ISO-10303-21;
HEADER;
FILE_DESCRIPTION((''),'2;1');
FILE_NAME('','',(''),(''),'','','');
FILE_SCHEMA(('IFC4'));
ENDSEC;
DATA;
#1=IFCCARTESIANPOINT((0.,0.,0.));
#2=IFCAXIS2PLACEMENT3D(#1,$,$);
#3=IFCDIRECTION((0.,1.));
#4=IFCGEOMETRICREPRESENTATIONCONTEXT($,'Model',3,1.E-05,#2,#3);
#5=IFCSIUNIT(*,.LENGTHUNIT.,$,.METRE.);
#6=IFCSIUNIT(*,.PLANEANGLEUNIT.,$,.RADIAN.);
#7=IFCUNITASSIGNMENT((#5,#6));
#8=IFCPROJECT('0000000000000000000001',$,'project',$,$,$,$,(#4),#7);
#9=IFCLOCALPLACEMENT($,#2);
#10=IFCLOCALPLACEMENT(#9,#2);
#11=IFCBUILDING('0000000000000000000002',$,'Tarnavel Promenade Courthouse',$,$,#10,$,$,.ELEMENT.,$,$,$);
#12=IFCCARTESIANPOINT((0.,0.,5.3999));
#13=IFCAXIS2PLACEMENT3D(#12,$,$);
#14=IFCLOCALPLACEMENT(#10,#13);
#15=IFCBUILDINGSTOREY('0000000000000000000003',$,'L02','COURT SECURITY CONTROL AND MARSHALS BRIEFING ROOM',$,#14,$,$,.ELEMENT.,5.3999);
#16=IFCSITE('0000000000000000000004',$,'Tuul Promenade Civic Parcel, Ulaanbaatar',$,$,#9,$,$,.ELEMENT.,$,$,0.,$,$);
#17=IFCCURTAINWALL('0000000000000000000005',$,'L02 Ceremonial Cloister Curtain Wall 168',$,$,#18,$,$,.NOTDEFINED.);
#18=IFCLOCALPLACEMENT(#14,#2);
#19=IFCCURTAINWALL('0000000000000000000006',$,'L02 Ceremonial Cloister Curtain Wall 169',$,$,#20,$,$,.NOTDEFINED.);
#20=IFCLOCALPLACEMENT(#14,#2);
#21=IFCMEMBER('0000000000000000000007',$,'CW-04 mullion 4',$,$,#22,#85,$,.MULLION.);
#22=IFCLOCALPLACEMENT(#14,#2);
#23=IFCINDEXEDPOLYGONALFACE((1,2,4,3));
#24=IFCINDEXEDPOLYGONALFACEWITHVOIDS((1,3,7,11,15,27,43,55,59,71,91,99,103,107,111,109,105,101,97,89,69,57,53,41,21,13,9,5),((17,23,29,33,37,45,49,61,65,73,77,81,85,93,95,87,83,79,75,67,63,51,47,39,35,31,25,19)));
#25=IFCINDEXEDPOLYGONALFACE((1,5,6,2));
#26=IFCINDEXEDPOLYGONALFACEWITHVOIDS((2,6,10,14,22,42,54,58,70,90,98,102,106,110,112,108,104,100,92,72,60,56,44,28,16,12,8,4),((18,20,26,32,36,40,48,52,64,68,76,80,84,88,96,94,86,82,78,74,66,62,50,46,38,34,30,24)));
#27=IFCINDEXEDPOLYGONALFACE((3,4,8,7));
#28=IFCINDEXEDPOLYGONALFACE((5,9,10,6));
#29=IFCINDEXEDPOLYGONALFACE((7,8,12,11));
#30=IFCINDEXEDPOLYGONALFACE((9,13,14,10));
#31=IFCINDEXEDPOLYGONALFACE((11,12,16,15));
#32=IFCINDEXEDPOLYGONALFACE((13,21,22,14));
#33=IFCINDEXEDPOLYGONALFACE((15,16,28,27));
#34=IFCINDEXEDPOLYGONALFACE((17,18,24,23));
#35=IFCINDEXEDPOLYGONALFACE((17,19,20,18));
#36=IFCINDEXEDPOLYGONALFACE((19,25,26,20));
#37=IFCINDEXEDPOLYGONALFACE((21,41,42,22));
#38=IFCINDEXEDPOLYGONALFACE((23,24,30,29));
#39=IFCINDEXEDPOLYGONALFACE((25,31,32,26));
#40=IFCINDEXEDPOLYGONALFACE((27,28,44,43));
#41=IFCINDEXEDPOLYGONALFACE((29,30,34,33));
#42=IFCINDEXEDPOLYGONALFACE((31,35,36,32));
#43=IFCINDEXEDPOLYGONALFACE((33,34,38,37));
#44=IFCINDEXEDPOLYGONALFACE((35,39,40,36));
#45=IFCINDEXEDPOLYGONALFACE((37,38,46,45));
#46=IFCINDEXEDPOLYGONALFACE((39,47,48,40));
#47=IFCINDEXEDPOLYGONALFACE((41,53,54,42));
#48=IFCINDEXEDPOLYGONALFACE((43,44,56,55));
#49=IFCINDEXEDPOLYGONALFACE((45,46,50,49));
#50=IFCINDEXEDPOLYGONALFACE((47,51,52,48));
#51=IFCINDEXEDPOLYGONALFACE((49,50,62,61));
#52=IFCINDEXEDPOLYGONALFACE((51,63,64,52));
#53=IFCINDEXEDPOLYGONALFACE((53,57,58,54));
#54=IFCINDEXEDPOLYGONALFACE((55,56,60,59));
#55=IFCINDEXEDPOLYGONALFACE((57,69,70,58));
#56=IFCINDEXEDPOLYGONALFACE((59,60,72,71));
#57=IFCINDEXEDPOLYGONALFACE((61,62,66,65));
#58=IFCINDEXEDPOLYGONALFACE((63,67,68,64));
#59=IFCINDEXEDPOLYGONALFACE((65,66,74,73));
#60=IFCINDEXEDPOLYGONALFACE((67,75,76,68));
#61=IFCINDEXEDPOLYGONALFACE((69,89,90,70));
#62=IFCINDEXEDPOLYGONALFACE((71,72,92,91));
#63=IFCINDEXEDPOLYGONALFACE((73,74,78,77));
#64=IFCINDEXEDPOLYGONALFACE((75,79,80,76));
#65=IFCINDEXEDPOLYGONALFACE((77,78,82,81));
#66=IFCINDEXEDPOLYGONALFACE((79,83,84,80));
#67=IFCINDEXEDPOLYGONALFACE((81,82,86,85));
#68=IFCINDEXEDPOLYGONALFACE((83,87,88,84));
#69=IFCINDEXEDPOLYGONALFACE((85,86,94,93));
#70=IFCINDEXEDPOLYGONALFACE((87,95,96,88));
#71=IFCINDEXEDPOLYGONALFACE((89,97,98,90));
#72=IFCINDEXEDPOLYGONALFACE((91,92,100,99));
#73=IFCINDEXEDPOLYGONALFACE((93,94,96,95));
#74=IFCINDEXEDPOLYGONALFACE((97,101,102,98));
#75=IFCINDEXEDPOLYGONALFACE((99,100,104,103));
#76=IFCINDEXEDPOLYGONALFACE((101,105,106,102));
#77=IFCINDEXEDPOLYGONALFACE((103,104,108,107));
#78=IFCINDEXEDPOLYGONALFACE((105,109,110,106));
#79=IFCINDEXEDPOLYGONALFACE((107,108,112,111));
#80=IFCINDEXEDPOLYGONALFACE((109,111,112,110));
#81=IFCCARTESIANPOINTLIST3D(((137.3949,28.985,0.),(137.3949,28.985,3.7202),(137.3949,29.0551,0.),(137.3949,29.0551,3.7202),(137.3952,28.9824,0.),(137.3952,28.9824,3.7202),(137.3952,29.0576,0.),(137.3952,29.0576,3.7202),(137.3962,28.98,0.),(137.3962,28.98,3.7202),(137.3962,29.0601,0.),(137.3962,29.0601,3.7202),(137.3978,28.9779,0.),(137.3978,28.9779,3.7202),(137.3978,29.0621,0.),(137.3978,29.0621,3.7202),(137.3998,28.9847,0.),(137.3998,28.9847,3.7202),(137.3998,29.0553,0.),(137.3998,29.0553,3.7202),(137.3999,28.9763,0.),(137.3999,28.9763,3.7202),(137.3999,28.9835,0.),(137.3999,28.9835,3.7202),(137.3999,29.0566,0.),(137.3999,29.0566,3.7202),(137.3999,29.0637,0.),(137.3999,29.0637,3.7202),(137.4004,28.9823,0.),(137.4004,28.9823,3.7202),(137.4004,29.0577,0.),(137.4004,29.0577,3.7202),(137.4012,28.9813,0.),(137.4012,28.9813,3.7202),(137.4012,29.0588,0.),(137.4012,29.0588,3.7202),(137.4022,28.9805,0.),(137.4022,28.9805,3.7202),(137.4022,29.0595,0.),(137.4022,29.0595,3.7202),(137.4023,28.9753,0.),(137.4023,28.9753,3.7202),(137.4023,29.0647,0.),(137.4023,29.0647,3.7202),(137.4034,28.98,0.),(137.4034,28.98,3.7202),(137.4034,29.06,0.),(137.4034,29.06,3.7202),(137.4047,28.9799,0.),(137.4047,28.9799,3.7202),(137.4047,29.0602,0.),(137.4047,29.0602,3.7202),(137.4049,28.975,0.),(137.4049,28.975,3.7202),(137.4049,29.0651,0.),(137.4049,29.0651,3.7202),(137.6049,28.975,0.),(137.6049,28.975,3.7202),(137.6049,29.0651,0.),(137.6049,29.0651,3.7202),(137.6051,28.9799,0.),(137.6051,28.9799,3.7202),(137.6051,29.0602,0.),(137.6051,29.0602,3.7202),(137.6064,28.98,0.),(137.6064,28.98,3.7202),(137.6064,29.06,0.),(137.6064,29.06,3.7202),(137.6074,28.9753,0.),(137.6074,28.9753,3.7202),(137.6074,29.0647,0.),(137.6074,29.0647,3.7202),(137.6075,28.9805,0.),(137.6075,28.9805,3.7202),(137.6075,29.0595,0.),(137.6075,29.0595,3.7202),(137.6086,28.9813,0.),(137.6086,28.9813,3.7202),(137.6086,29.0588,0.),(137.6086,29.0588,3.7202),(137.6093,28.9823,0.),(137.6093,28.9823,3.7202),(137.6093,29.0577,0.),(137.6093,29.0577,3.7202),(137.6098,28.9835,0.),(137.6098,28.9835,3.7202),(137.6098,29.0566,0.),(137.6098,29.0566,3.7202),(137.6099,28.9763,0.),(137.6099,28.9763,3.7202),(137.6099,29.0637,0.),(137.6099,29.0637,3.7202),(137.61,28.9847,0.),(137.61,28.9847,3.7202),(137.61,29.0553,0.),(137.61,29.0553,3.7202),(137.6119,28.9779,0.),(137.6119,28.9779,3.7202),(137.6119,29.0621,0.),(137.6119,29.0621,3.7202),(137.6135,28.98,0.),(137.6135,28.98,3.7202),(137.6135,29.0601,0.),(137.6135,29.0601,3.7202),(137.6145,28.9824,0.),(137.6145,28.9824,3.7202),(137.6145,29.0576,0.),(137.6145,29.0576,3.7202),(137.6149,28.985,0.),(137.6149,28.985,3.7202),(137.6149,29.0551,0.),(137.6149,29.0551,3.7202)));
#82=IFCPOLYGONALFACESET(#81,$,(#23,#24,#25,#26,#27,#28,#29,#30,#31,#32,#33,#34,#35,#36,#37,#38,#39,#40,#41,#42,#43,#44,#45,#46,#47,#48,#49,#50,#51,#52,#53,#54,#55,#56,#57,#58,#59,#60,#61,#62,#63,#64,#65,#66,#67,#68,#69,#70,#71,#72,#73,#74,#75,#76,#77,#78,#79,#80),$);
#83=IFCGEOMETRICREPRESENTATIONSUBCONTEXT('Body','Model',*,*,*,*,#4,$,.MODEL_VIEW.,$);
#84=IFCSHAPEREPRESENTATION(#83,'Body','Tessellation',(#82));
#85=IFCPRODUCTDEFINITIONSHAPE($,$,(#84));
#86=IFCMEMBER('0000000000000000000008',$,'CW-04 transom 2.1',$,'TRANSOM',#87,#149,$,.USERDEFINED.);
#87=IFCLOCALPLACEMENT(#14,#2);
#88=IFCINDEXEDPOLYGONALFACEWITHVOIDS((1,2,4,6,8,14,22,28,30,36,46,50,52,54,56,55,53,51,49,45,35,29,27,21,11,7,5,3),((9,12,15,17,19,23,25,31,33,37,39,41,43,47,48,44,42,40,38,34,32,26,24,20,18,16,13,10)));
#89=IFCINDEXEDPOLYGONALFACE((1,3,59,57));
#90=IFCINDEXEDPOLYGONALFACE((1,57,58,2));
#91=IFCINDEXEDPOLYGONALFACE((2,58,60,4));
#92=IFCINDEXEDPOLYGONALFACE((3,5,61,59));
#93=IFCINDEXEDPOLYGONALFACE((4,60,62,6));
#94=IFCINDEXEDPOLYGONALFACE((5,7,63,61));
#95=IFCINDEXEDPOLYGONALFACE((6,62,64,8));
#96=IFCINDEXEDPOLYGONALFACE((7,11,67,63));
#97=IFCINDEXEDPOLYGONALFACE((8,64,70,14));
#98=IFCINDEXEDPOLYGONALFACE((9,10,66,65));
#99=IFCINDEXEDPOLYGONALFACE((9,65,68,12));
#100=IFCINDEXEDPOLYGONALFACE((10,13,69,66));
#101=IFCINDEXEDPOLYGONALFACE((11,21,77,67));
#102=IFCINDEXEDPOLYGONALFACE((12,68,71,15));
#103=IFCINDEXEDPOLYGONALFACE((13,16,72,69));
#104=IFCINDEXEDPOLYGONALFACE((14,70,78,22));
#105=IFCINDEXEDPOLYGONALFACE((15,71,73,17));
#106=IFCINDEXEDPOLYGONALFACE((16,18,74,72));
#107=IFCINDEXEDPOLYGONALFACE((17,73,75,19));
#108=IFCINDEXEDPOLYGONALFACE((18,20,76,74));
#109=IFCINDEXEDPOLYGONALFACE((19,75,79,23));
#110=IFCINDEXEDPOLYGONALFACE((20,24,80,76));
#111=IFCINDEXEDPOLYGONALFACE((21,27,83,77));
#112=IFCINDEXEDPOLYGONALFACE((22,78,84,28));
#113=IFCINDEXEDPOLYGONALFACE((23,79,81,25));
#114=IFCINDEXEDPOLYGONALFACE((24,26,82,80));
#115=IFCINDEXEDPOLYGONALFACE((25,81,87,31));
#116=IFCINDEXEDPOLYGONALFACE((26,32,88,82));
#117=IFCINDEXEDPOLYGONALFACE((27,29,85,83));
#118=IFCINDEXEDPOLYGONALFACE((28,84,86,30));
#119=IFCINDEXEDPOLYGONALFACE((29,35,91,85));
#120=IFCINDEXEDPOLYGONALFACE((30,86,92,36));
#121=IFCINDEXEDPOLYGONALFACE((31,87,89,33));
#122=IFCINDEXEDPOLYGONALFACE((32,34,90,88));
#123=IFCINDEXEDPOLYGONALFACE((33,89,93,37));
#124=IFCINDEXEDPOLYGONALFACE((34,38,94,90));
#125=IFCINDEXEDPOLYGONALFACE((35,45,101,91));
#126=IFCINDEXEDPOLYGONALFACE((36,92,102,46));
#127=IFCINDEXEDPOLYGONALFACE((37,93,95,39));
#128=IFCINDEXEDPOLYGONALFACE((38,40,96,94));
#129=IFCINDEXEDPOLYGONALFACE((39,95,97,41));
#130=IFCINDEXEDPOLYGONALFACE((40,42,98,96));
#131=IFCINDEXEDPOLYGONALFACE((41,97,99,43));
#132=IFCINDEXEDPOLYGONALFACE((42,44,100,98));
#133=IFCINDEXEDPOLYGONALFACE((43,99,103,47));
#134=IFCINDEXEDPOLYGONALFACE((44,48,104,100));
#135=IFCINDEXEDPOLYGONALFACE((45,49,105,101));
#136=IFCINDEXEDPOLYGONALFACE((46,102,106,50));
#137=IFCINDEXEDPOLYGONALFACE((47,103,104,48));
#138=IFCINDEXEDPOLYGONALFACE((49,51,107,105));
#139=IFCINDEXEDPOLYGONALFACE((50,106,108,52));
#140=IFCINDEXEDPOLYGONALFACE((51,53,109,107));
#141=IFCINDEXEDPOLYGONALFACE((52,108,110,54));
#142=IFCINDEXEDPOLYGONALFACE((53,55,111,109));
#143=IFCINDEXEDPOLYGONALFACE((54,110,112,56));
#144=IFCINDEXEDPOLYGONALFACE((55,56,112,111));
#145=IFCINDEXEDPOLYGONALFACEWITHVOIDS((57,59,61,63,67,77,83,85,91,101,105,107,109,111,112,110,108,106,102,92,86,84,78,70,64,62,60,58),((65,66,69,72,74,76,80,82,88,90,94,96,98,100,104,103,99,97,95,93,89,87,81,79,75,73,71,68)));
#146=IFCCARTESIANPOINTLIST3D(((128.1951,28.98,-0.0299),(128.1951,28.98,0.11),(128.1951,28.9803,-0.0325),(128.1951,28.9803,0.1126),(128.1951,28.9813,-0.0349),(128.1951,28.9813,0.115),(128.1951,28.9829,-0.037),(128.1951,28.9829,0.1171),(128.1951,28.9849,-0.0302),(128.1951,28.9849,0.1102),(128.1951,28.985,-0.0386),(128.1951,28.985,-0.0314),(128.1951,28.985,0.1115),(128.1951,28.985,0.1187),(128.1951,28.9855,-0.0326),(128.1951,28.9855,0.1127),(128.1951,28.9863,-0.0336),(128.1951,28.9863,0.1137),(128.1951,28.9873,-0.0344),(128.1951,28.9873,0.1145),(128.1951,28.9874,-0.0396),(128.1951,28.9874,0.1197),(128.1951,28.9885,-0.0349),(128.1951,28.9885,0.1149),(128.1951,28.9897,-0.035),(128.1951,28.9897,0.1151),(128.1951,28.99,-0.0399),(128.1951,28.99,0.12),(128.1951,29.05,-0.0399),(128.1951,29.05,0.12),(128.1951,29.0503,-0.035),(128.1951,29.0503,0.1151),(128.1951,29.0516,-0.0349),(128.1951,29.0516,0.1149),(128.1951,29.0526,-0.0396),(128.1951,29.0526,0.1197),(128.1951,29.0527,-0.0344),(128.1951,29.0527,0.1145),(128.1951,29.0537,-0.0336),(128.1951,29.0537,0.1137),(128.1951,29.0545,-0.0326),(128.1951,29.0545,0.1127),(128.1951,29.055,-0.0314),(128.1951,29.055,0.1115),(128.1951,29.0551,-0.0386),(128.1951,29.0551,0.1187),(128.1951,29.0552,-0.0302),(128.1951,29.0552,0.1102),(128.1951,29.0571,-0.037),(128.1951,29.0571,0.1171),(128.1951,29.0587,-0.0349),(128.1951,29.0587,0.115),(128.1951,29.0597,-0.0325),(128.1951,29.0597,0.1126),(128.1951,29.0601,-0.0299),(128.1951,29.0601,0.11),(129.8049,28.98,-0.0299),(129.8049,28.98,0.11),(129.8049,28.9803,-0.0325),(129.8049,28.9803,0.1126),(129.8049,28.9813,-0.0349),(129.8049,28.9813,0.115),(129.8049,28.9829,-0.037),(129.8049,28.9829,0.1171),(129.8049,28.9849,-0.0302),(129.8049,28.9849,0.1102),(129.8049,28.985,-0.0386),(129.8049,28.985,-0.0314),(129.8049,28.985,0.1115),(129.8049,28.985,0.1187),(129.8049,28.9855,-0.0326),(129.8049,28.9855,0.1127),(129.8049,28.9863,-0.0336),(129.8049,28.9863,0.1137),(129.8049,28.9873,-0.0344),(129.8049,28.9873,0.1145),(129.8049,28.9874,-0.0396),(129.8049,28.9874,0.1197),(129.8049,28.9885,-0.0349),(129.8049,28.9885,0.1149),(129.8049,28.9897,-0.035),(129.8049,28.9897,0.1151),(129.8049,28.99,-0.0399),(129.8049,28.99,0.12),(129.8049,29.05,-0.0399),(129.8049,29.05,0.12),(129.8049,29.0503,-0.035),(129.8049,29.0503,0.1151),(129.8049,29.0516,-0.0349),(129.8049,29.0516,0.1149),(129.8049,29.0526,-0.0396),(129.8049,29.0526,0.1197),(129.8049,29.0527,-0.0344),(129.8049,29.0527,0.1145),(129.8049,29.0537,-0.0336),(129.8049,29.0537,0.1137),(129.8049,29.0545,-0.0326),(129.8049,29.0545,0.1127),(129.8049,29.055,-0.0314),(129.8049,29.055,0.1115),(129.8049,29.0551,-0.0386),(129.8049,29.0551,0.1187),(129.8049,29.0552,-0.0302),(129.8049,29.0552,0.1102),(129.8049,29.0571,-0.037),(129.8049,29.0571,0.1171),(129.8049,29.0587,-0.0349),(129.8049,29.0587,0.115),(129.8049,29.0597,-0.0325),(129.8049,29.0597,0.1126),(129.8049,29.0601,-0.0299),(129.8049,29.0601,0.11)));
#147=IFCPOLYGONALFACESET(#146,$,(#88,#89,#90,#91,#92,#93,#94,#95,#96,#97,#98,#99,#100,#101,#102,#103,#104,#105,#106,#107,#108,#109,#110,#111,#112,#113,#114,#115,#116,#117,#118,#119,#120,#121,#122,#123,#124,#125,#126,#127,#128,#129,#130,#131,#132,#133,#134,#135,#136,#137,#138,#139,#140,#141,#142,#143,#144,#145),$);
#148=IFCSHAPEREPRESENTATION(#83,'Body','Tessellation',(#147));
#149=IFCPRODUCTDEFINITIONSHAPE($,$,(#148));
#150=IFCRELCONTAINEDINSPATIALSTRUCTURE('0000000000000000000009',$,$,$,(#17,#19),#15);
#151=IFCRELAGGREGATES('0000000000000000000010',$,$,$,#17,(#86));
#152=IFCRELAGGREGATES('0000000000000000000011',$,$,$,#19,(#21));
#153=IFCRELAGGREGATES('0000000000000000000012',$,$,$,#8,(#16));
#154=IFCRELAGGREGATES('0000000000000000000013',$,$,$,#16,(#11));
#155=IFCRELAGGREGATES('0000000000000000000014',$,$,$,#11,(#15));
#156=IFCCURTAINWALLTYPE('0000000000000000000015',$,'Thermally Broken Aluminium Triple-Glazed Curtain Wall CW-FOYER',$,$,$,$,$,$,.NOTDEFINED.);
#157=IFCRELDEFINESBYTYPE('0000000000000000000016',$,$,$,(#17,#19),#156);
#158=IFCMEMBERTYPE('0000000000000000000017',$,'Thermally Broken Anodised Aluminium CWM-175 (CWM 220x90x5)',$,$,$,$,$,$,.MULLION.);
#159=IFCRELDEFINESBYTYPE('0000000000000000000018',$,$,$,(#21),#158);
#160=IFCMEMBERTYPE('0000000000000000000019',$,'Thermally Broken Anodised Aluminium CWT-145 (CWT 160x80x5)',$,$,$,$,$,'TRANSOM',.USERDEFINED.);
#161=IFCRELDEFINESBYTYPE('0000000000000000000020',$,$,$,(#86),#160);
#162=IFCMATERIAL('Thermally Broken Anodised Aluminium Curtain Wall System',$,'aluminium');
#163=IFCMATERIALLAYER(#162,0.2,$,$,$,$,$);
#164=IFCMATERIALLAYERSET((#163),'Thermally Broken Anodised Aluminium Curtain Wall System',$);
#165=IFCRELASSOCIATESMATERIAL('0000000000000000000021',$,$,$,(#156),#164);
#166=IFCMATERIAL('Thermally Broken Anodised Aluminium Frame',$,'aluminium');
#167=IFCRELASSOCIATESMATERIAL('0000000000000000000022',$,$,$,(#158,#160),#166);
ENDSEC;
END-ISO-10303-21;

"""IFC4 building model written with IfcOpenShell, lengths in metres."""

from ifc_helpers import new_model, si_unit, direction, frame, origin, origin_2d, place, context, subcontext, project, spatial, hollow_rectangle, extrude, material, layer, layer_set, material_profile, profile_set, type_object, element, aggregate, save


model = new_model("IFC4")

# Units and contexts
model_context = context("Model", 3, precision=1e-05, world=origin(), true_north=direction((0.0, 1.0)))
body_context = subcontext(model_context, "Body", "Model", "MODEL_VIEW")
ifc_project = project(units=[si_unit("LENGTHUNIT", "METRE"), si_unit("PLANEANGLEUNIT", "RADIAN")], contexts=[model_context])

# Site, building, storey
site_placement = place(None, origin())
site = spatial("IfcSite", under=ifc_project, at=site_placement, Name="Tuul Promenade Civic Parcel, Ulaanbaatar", CompositionType="ELEMENT", RefElevation=0.0)
building_placement = place(site_placement, origin())
building = spatial("IfcBuilding", under=site, at=building_placement, Name="Tarnavel Promenade Courthouse", CompositionType="ELEMENT")
storey_placement = place(building_placement, frame((0.0, 0.0, 5.3999)))
storey = spatial("IfcBuildingStorey", under=building, at=storey_placement, Name="L02", Description="COURT SECURITY CONTROL AND MARSHALS BRIEFING ROOM", CompositionType="ELEMENT", Elevation=5.3999)

# Curtain walls, member
ifc_material_1 = material(Name="Thermally Broken Anodised Aluminium Curtain Wall System", Category="aluminium")
ifc_layer_1 = layer(ifc_material_1, 0.2)
ifc_layer_set_1 = layer_set([ifc_layer_1], Name="Thermally Broken Anodised Aluminium Curtain Wall System")
curtain_wall_type = type_object("IfcCurtainWallType", Name="Thermally Broken Aluminium Triple-Glazed Curtain Wall CW-FOYER", PredefinedType="NOTDEFINED", material=ifc_layer_set_1)
curtain_wall_1_placement = place(storey_placement, origin())
curtain_wall_1 = element("IfcCurtainWall", 1, at=curtain_wall_1_placement, inside=storey, type_object=curtain_wall_type, Name="L02 Ceremonial Cloister Curtain Wall 168", PredefinedType="NOTDEFINED")
ifc_material_2 = material(Name="Thermally Broken Anodised Aluminium Frame", Category="aluminium")
ifc_material_profile_1 = material_profile(ifc_material_2, hollow_rectangle(XDim=0.0901, YDim=0.22, WallThickness=0.0049, InnerFilletRadius=0.0049, OuterFilletRadius=0.01, at=origin_2d()), Name="CWM 220x90x5")
ifc_profile_set_1 = profile_set([ifc_material_profile_1], Name="Thermally Broken Anodised Aluminium Frame")
member_type_1 = type_object("IfcMemberType", Name="Thermally Broken Anodised Aluminium CWM-175 (CWM 220x90x5)", PredefinedType="MULLION", material=ifc_profile_set_1)
curtain_wall_2_placement = place(storey_placement, origin())
curtain_wall_2 = element("IfcCurtainWall", 2, at=curtain_wall_2_placement, inside=storey, type_object=curtain_wall_type, Name="L02 Ceremonial Cloister Curtain Wall 169", PredefinedType="NOTDEFINED")
member_1_placement = place(storey_placement, frame((137.5049, 29.02, 0.0), z_axis=(0.0, 0.0, 1.0), x_axis=(0.0, 1.0, 0.0)))
member_1 = element("IfcMember", 3, at=member_1_placement, type_object=member_type_1, Name="CW-04 mullion 4", PredefinedType="MULLION", context=body_context, shape_type="SweptSolid", body=[
    extrude(hollow_rectangle(XDim=0.0901, YDim=0.22, WallThickness=0.0049, InnerFilletRadius=0.0049, OuterFilletRadius=0.01, at=origin_2d()), origin(), (0.0, 0.0, 1.0), 3.7202),
])

# Member
ifc_material_profile_2 = material_profile(ifc_material_2, hollow_rectangle(XDim=0.0801, YDim=0.1599, WallThickness=0.0049, InnerFilletRadius=0.0049, OuterFilletRadius=0.01, at=origin_2d()), Name="CWT 160x80x5")
ifc_profile_set_2 = profile_set([ifc_material_profile_2], Name="Thermally Broken Anodised Aluminium Frame")
member_type_2 = type_object("IfcMemberType", Name="Thermally Broken Anodised Aluminium CWT-145 (CWT 160x80x5)", ElementType="TRANSOM", PredefinedType="USERDEFINED", material=ifc_profile_set_2)
member_2_placement = place(storey_placement, frame((128.1951, 29.02, 0.04), z_axis=(1.0, 0.0, 0.0), x_axis=(0.0, 1.0, 0.0)))
member_2 = element("IfcMember", 4, at=member_2_placement, type_object=member_type_2, Name="CW-04 transom 2.1", ObjectType="TRANSOM", PredefinedType="USERDEFINED", context=body_context, shape_type="SweptSolid", body=[
    extrude(hollow_rectangle(XDim=0.0801, YDim=0.1599, WallThickness=0.0049, InnerFilletRadius=0.0049, OuterFilletRadius=0.01, at=origin_2d()), origin(), (0.0, 0.0, 1.0), 1.6099),
])

aggregate(curtain_wall_1, [member_2])
aggregate(curtain_wall_2, [member_1])

save(model, "model.ifc")
